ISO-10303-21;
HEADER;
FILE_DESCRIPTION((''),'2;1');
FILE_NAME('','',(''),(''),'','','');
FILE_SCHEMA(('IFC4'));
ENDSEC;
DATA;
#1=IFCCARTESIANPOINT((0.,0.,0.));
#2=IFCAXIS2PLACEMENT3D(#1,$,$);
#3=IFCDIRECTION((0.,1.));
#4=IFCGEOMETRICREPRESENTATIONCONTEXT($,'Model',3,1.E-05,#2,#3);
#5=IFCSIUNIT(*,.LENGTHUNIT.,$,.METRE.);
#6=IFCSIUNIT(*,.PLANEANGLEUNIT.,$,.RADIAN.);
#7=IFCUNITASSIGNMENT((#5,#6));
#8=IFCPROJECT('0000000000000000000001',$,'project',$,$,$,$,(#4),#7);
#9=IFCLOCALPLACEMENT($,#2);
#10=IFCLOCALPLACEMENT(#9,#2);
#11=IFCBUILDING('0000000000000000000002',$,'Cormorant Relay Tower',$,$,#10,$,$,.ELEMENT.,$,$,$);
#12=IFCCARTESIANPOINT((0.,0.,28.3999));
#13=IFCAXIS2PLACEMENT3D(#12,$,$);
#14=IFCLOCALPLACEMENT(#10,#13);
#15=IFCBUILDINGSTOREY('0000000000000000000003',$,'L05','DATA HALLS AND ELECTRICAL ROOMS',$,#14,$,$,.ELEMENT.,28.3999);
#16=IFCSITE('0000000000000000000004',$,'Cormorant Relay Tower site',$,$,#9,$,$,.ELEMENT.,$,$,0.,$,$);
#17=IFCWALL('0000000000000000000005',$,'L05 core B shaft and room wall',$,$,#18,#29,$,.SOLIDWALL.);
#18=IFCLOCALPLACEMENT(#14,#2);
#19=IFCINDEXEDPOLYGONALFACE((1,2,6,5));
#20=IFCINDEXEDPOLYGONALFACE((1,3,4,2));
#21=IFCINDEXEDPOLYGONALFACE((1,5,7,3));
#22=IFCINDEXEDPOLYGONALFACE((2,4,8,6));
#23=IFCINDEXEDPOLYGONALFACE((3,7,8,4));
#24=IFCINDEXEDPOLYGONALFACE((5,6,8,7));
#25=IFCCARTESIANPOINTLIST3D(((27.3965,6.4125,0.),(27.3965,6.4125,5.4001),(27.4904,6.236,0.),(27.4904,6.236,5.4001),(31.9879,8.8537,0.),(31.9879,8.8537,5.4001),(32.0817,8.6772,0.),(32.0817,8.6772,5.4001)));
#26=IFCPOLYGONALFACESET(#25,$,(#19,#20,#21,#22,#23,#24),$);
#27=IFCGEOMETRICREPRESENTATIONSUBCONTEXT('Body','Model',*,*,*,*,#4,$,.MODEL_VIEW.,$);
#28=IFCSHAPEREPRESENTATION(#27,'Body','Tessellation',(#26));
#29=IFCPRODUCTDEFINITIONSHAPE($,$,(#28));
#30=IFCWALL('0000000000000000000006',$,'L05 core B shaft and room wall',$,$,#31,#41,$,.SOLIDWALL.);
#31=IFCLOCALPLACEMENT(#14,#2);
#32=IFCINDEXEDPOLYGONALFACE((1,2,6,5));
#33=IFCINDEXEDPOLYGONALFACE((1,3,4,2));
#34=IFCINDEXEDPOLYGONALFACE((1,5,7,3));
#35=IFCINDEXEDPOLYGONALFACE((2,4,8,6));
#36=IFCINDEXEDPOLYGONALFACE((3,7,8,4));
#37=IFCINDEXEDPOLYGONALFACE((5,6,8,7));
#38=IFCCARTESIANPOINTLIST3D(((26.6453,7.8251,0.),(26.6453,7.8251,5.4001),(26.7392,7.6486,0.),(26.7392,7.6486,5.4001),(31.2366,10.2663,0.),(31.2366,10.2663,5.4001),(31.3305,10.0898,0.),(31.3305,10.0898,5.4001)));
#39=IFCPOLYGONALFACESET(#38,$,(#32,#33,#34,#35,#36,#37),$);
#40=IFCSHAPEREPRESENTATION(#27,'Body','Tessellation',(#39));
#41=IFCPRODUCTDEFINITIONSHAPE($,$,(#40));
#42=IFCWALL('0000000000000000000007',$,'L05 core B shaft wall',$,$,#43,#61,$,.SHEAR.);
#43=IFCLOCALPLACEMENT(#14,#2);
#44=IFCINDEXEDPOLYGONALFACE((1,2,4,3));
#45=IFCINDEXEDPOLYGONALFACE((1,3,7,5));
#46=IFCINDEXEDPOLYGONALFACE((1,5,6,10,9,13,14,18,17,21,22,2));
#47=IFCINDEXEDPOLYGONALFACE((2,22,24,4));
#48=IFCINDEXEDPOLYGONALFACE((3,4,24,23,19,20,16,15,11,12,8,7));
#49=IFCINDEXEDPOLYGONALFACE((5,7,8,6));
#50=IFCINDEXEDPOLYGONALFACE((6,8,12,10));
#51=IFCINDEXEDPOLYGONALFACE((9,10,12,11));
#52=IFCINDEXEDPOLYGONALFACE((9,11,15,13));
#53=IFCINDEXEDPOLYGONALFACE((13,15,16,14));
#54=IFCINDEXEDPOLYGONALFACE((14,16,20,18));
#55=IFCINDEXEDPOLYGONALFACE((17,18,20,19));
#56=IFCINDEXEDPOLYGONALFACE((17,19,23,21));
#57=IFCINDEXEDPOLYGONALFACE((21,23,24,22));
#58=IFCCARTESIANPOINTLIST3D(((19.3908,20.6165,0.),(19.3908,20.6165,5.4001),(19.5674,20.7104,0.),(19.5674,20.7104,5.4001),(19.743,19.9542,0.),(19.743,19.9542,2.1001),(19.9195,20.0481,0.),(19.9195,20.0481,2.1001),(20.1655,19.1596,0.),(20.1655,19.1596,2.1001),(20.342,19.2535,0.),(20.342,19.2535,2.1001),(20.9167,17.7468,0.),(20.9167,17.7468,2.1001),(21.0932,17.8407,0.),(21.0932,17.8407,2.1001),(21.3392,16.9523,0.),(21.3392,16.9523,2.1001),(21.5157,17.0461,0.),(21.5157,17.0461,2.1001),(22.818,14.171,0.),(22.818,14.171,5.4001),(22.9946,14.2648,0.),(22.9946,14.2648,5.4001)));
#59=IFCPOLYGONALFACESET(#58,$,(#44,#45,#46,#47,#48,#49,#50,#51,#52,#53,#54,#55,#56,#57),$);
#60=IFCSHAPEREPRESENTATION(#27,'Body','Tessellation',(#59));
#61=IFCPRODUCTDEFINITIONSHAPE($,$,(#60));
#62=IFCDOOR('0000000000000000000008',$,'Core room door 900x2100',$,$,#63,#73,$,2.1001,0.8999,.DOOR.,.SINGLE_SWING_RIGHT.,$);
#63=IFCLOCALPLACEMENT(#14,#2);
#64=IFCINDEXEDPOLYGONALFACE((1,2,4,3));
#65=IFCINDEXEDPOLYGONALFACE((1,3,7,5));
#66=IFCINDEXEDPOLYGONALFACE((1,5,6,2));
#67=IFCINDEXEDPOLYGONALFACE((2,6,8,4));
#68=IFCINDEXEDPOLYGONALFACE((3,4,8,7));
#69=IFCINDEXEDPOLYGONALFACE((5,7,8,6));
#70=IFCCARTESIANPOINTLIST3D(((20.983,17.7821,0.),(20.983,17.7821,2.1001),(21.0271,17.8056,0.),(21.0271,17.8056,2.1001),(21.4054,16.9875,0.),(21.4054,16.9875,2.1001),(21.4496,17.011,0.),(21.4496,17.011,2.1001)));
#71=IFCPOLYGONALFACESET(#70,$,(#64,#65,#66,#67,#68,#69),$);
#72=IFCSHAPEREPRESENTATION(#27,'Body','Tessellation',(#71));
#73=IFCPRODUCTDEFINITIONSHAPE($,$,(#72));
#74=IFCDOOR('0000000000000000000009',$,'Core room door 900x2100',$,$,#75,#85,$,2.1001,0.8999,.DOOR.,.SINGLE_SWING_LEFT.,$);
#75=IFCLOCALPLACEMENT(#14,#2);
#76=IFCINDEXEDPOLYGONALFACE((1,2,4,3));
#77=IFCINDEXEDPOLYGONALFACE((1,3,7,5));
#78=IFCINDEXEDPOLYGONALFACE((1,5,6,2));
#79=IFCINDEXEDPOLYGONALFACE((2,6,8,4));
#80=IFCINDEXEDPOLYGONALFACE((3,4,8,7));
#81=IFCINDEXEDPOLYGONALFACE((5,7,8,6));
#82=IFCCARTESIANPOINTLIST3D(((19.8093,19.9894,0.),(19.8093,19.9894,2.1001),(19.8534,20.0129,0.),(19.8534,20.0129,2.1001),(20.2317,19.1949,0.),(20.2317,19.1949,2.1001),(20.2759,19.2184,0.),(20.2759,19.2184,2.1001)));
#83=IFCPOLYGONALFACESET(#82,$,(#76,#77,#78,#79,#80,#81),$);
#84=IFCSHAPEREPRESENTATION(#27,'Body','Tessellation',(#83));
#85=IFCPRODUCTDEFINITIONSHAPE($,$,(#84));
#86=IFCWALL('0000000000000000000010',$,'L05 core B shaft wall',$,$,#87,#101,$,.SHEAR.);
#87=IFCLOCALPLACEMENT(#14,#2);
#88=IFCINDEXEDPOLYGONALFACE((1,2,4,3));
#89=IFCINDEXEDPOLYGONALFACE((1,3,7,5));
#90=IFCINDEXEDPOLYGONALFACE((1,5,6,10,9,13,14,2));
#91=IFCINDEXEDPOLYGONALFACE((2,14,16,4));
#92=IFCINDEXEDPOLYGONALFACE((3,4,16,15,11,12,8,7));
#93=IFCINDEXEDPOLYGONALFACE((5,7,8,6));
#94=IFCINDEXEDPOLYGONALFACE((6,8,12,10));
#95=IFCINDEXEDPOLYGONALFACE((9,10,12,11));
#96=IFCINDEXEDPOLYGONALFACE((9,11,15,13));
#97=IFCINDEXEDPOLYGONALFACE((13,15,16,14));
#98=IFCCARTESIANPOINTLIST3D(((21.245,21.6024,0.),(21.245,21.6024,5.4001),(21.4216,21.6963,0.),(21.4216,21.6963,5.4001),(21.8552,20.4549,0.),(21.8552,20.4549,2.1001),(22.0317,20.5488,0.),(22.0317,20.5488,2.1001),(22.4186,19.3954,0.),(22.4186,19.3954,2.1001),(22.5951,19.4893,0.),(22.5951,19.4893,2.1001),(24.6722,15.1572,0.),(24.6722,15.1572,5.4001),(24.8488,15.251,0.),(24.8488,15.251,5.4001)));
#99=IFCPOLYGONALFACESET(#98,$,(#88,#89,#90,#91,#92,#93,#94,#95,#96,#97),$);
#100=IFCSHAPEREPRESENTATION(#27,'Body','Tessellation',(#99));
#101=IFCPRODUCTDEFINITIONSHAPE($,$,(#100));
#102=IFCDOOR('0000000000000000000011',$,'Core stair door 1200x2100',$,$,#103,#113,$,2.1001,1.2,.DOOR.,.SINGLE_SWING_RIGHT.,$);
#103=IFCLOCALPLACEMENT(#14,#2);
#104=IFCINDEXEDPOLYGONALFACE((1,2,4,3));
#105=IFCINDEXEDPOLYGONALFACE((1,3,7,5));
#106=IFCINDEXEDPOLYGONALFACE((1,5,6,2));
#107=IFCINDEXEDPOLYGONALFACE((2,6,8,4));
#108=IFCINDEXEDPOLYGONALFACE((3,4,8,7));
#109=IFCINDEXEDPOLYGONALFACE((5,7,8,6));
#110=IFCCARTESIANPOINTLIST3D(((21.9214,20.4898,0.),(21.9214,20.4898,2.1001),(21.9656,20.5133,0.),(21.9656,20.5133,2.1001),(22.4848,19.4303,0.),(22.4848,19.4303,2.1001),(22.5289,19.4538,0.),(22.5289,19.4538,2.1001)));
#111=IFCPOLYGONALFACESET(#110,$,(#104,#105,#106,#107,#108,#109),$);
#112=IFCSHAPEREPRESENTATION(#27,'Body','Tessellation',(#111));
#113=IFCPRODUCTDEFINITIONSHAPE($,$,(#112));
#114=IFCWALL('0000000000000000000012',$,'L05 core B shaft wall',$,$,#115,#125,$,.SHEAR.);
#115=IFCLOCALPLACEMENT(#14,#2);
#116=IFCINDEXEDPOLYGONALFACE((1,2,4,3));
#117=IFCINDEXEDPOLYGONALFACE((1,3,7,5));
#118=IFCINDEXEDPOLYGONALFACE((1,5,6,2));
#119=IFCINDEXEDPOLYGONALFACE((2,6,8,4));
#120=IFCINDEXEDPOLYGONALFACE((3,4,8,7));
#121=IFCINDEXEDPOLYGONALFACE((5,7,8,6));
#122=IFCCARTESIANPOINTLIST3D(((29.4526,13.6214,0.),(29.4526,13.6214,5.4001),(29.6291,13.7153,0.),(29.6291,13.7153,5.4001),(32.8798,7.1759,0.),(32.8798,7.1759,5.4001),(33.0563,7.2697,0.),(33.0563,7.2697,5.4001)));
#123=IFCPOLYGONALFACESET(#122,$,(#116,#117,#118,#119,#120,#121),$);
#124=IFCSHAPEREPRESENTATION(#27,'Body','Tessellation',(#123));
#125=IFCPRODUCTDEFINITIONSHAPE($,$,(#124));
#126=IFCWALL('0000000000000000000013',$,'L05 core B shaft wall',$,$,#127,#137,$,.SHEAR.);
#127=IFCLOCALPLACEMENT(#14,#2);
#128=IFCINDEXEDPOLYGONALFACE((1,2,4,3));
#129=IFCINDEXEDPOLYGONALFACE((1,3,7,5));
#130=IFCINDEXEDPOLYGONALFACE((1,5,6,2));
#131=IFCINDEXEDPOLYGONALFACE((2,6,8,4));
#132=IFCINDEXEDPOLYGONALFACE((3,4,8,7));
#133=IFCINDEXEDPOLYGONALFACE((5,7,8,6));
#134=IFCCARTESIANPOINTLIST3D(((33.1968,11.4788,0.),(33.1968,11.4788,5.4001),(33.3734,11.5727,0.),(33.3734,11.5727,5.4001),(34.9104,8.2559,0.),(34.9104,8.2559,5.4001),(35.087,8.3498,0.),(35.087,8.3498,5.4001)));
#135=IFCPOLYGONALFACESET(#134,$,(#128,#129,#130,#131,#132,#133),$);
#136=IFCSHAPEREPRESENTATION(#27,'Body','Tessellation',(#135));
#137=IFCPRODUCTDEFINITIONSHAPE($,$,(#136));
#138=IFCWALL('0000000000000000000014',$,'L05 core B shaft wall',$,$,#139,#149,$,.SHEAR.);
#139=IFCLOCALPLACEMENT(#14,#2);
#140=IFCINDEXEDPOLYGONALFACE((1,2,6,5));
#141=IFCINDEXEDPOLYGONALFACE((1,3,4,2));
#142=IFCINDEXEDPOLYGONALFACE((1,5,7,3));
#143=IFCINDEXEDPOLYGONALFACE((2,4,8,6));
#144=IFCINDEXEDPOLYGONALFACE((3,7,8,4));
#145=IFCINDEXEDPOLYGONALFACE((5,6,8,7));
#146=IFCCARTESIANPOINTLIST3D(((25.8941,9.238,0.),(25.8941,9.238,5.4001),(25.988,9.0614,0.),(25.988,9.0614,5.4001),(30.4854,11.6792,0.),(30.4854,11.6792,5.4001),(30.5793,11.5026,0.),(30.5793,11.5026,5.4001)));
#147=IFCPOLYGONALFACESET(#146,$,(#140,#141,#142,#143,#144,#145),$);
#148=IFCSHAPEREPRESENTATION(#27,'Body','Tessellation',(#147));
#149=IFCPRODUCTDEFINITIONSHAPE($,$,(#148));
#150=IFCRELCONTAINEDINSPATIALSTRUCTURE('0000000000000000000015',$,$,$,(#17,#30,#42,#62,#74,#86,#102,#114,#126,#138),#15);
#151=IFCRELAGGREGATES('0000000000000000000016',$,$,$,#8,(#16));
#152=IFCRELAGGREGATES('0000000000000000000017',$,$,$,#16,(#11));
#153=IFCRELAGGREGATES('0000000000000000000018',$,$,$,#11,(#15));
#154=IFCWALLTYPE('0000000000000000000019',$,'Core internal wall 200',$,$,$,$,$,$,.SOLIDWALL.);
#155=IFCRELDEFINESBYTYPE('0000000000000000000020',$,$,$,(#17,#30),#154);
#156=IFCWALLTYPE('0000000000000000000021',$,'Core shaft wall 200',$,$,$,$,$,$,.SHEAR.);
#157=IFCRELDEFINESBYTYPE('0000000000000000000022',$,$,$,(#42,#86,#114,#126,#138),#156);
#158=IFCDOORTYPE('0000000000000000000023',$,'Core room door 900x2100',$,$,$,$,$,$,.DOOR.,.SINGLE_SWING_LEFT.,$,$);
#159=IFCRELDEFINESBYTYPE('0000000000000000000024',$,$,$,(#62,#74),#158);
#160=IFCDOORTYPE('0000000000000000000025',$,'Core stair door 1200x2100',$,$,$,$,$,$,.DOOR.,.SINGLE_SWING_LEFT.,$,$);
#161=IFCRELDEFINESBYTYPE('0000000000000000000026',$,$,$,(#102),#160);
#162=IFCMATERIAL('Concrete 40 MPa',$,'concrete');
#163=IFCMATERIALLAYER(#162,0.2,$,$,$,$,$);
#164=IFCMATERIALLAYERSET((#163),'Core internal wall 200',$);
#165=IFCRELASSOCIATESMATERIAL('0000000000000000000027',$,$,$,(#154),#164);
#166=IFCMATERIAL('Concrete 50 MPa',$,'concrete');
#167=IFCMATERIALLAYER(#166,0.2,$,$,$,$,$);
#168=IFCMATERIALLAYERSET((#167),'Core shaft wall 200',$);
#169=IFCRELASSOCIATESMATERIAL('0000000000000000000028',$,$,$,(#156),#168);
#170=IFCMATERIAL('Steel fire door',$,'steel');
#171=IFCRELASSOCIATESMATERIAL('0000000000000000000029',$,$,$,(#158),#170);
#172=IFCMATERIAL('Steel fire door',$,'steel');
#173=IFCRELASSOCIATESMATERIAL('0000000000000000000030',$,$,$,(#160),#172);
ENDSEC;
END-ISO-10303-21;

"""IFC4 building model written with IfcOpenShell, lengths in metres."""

from ifc_helpers import new_model, si_unit, direction, frame, frame_2d, origin, place, context, subcontext, project, spatial, rectangle, extrude, material, layer, layer_set, type_object, element, fill, save


model = new_model("IFC4")

# Units and contexts
model_context = context("Model", 3, precision=1e-05, world=origin(), true_north=direction((0.0, 1.0)))
body_context = subcontext(model_context, "Body", "Model", "MODEL_VIEW")
ifc_project = project(units=[si_unit("LENGTHUNIT", "METRE"), si_unit("PLANEANGLEUNIT", "RADIAN")], contexts=[model_context])

# Site, building, storey
site_placement = place(None, origin())
site = spatial("IfcSite", under=ifc_project, at=site_placement, Name="Cormorant Relay Tower site", CompositionType="ELEMENT", RefElevation=0.0)
building_placement = place(site_placement, origin())
building = spatial("IfcBuilding", under=site, at=building_placement, Name="Cormorant Relay Tower", CompositionType="ELEMENT")
storey_placement = place(building_placement, frame((0.0, 0.0, 28.3999)))
storey = spatial("IfcBuildingStorey", under=building, at=storey_placement, Name="L05", Description="DATA HALLS AND ELECTRICAL ROOMS", CompositionType="ELEMENT", Elevation=28.3999)

# Walls
ifc_material_1 = material(Name="Concrete 40 MPa", Category="concrete")
ifc_layer_1 = layer(ifc_material_1, 0.2)
ifc_layer_set_1 = layer_set([ifc_layer_1], Name="Core internal wall 200")
wall_type_1 = type_object("IfcWallType", Name="Core internal wall 200", PredefinedType="SOLIDWALL", material=ifc_layer_set_1)
for number, where, z_axis, x_axis, name in (
    (1, (27.4434, 6.3242, 0.0), (0.0, 0.0, 1.0), (0.882954, 0.46946, 0.0), "L05 core B shaft and room wall"),
    (2, (26.6921, 7.7368, 0.0), (0.0, 0.0, 1.0), (0.882954, 0.46946, 0.0), "L05 core B shaft and room wall"),
):
    element("IfcWall", number, at=place(storey_placement, frame(where, z_axis=z_axis, x_axis=x_axis)), inside=storey, type_object=wall_type_1, Name=name, PredefinedType="SOLIDWALL", context=body_context, shape_type="SweptSolid", body=[
        extrude(rectangle(XDim=5.2, YDim=0.2, at=frame_2d((2.6001, 0.0))), origin(), (0.0, 0.0, 1.0), 5.4001),
    ])

# Wall, openings, doors
ifc_material_2 = material(Name="Concrete 50 MPa", Category="concrete")
ifc_layer_2 = layer(ifc_material_2, 0.2)
ifc_layer_set_2 = layer_set([ifc_layer_2], Name="Core shaft wall 200")
wall_type_2 = type_object("IfcWallType", Name="Core shaft wall 200", PredefinedType="SHEAR", material=ifc_layer_set_2)
wall_1_placement = place(storey_placement, frame((22.9062, 14.218, 0.0), z_axis=(0.0, 0.0, 1.0), x_axis=(-0.46948, 0.882943, 0.0)))
wall_1 = element("IfcWall", 3, at=wall_1_placement, inside=storey, type_object=wall_type_2, Name="L05 core B shaft wall", PredefinedType="SHEAR", context=body_context, shape_type="SweptSolid", body=[
    extrude(rectangle(XDim=7.3, YDim=0.2, at=frame_2d((3.6499, 0.0))), origin(), (0.0, 0.0, 1.0), 5.4001),
])
opening_1_placement = place(wall_1_placement, frame((3.1499, 0.0, 0.0)))
opening_1 = element("IfcOpeningElement", 4, at=opening_1_placement, cuts=wall_1, PredefinedType="OPENING", context=body_context, shape_type="SweptSolid", body=[
    extrude(rectangle(XDim=0.8999, YDim=2.1001, at=frame_2d((0.45, 1.05))), frame((0.0, 0.1099, 0.0), z_axis=(0.0, -1.0, 0.0), x_axis=(1.0, 0.0, 0.0)), (0.0, 0.0, 1.0), 0.22),
])
opening_2_placement = place(wall_1_placement, frame((5.6499, 0.0, 0.0)))
opening_2 = element("IfcOpeningElement", 5, at=opening_2_placement, cuts=wall_1, PredefinedType="OPENING", context=body_context, shape_type="SweptSolid", body=[
    extrude(rectangle(XDim=0.8999, YDim=2.1001, at=frame_2d((0.45, 1.05))), frame((0.0, 0.1099, 0.0), z_axis=(0.0, -1.0, 0.0), x_axis=(1.0, 0.0, 0.0)), (0.0, 0.0, 1.0), 0.22),
])
ifc_material_3 = material(Name="Steel fire door", Category="steel")
door_type_1 = type_object("IfcDoorType", Name="Core room door 900x2100", OperationType="SINGLE_SWING_LEFT", PredefinedType="DOOR", material=ifc_material_3)
door_1_placement = place(opening_1_placement, origin())
door_1 = element("IfcDoor", 6, at=door_1_placement, inside=storey, type_object=door_type_1, Name="Core room door 900x2100", OperationType="SINGLE_SWING_RIGHT", OverallHeight=2.1001, OverallWidth=0.8999, PredefinedType="DOOR", context=body_context, shape_type="SweptSolid", body=[
    extrude(rectangle(XDim=0.8999, YDim=2.1001, at=frame_2d((0.45, 1.05))), frame((0.0, 0.0249, 0.0), z_axis=(0.0, -1.0, 0.0), x_axis=(1.0, 0.0, 0.0)), (0.0, 0.0, 1.0), 0.05),
])
fill(opening_1, door_1)
door_2_placement = place(opening_2_placement, origin())
door_2 = element("IfcDoor", 7, at=door_2_placement, inside=storey, type_object=door_type_1, Name="Core room door 900x2100", OperationType="SINGLE_SWING_LEFT", OverallHeight=2.1001, OverallWidth=0.8999, PredefinedType="DOOR", context=body_context, shape_type="SweptSolid", body=[
    extrude(rectangle(XDim=0.8999, YDim=2.1001, at=frame_2d((0.45, 1.05))), frame((0.0, 0.0249, 0.0), z_axis=(0.0, -1.0, 0.0), x_axis=(1.0, 0.0, 0.0)), (0.0, 0.0, 1.0), 0.05),
])
fill(opening_2, door_2)

# Wall, opening, door
wall_2_placement = place(storey_placement, frame((24.7605, 15.2041, 0.0), z_axis=(0.0, 0.0, 1.0), x_axis=(-0.469494, 0.882936, 0.0)))
wall_2 = element("IfcWall", 8, at=wall_2_placement, inside=storey, type_object=wall_type_2, Name="L05 core B shaft wall", PredefinedType="SHEAR", context=body_context, shape_type="SweptSolid", body=[
    extrude(rectangle(XDim=7.2998, YDim=0.2, at=frame_2d((3.6499, 0.0))), origin(), (0.0, 0.0, 1.0), 5.4001),
])
opening_3_placement = place(wall_2_placement, frame((4.8, 0.0, 0.0)))
opening_3 = element("IfcOpeningElement", 9, at=opening_3_placement, cuts=wall_2, PredefinedType="OPENING", context=body_context, shape_type="SweptSolid", body=[
    extrude(rectangle(XDim=1.2, YDim=2.1001, at=frame_2d((0.6001, 1.05))), frame((0.0, 0.1099, 0.0), z_axis=(0.0, -1.0, 0.0), x_axis=(1.0, 0.0, 0.0)), (0.0, 0.0, 1.0), 0.22),
])
ifc_material_4 = material(Name="Steel fire door", Category="steel")
door_type_2 = type_object("IfcDoorType", Name="Core stair door 1200x2100", OperationType="SINGLE_SWING_LEFT", PredefinedType="DOOR", material=ifc_material_4)
door_3_placement = place(opening_3_placement, frame((1.2, 0.0, 0.0), z_axis=(0.0, 0.0, 1.0), x_axis=(-1.0, 0.0, 0.0)))
door_3 = element("IfcDoor", 10, at=door_3_placement, inside=storey, type_object=door_type_2, Name="Core stair door 1200x2100", OperationType="SINGLE_SWING_RIGHT", OverallHeight=2.1001, OverallWidth=1.2, PredefinedType="DOOR", context=body_context, shape_type="SweptSolid", body=[
    extrude(rectangle(XDim=1.2, YDim=2.1001, at=frame_2d((0.6001, 1.05))), frame((0.0, 0.0249, 0.0), z_axis=(0.0, -1.0, 0.0), x_axis=(1.0, 0.0, 0.0)), (0.0, 0.0, 1.0), 0.05),
])
fill(opening_3, door_3)

# Walls
wall_3_placement = place(storey_placement, frame((32.968, 7.2229, 0.0), z_axis=(0.0, 0.0, 1.0), x_axis=(-0.46948, 0.882943, 0.0)))
element("IfcWall", 11, at=wall_3_placement, inside=storey, type_object=wall_type_2, Name="L05 core B shaft wall", PredefinedType="SHEAR", context=body_context, shape_type="SweptSolid", body=[
    extrude(rectangle(XDim=7.3, YDim=0.2, at=frame_2d((3.6499, 0.0))), origin(), (0.0, 0.0, 1.0), 5.4001),
])
wall_4_placement = place(storey_placement, frame((34.9988, 8.3027, 0.0), z_axis=(0.0, 0.0, 1.0), x_axis=(-0.469467, 0.88295, 0.0)))
element("IfcWall", 12, at=wall_4_placement, inside=storey, type_object=wall_type_2, Name="L05 core B shaft wall", PredefinedType="SHEAR", context=body_context, shape_type="SweptSolid", body=[
    extrude(rectangle(XDim=3.6501, YDim=0.2, at=frame_2d((1.8252, 0.0))), origin(), (0.0, 0.0, 1.0), 5.4001),
])

# Wall
wall_5_placement = place(storey_placement, frame((25.9409, 9.1497, 0.0), z_axis=(0.0, 0.0, 1.0), x_axis=(0.882954, 0.46946, 0.0)))
element("IfcWall", 13, at=wall_5_placement, inside=storey, type_object=wall_type_2, Name="L05 core B shaft wall", PredefinedType="SHEAR", context=body_context, shape_type="SweptSolid", body=[
    extrude(rectangle(XDim=5.2, YDim=0.2, at=frame_2d((2.6001, 0.0))), origin(), (0.0, 0.0, 1.0), 5.4001),
])

save(model, "model.ifc")
